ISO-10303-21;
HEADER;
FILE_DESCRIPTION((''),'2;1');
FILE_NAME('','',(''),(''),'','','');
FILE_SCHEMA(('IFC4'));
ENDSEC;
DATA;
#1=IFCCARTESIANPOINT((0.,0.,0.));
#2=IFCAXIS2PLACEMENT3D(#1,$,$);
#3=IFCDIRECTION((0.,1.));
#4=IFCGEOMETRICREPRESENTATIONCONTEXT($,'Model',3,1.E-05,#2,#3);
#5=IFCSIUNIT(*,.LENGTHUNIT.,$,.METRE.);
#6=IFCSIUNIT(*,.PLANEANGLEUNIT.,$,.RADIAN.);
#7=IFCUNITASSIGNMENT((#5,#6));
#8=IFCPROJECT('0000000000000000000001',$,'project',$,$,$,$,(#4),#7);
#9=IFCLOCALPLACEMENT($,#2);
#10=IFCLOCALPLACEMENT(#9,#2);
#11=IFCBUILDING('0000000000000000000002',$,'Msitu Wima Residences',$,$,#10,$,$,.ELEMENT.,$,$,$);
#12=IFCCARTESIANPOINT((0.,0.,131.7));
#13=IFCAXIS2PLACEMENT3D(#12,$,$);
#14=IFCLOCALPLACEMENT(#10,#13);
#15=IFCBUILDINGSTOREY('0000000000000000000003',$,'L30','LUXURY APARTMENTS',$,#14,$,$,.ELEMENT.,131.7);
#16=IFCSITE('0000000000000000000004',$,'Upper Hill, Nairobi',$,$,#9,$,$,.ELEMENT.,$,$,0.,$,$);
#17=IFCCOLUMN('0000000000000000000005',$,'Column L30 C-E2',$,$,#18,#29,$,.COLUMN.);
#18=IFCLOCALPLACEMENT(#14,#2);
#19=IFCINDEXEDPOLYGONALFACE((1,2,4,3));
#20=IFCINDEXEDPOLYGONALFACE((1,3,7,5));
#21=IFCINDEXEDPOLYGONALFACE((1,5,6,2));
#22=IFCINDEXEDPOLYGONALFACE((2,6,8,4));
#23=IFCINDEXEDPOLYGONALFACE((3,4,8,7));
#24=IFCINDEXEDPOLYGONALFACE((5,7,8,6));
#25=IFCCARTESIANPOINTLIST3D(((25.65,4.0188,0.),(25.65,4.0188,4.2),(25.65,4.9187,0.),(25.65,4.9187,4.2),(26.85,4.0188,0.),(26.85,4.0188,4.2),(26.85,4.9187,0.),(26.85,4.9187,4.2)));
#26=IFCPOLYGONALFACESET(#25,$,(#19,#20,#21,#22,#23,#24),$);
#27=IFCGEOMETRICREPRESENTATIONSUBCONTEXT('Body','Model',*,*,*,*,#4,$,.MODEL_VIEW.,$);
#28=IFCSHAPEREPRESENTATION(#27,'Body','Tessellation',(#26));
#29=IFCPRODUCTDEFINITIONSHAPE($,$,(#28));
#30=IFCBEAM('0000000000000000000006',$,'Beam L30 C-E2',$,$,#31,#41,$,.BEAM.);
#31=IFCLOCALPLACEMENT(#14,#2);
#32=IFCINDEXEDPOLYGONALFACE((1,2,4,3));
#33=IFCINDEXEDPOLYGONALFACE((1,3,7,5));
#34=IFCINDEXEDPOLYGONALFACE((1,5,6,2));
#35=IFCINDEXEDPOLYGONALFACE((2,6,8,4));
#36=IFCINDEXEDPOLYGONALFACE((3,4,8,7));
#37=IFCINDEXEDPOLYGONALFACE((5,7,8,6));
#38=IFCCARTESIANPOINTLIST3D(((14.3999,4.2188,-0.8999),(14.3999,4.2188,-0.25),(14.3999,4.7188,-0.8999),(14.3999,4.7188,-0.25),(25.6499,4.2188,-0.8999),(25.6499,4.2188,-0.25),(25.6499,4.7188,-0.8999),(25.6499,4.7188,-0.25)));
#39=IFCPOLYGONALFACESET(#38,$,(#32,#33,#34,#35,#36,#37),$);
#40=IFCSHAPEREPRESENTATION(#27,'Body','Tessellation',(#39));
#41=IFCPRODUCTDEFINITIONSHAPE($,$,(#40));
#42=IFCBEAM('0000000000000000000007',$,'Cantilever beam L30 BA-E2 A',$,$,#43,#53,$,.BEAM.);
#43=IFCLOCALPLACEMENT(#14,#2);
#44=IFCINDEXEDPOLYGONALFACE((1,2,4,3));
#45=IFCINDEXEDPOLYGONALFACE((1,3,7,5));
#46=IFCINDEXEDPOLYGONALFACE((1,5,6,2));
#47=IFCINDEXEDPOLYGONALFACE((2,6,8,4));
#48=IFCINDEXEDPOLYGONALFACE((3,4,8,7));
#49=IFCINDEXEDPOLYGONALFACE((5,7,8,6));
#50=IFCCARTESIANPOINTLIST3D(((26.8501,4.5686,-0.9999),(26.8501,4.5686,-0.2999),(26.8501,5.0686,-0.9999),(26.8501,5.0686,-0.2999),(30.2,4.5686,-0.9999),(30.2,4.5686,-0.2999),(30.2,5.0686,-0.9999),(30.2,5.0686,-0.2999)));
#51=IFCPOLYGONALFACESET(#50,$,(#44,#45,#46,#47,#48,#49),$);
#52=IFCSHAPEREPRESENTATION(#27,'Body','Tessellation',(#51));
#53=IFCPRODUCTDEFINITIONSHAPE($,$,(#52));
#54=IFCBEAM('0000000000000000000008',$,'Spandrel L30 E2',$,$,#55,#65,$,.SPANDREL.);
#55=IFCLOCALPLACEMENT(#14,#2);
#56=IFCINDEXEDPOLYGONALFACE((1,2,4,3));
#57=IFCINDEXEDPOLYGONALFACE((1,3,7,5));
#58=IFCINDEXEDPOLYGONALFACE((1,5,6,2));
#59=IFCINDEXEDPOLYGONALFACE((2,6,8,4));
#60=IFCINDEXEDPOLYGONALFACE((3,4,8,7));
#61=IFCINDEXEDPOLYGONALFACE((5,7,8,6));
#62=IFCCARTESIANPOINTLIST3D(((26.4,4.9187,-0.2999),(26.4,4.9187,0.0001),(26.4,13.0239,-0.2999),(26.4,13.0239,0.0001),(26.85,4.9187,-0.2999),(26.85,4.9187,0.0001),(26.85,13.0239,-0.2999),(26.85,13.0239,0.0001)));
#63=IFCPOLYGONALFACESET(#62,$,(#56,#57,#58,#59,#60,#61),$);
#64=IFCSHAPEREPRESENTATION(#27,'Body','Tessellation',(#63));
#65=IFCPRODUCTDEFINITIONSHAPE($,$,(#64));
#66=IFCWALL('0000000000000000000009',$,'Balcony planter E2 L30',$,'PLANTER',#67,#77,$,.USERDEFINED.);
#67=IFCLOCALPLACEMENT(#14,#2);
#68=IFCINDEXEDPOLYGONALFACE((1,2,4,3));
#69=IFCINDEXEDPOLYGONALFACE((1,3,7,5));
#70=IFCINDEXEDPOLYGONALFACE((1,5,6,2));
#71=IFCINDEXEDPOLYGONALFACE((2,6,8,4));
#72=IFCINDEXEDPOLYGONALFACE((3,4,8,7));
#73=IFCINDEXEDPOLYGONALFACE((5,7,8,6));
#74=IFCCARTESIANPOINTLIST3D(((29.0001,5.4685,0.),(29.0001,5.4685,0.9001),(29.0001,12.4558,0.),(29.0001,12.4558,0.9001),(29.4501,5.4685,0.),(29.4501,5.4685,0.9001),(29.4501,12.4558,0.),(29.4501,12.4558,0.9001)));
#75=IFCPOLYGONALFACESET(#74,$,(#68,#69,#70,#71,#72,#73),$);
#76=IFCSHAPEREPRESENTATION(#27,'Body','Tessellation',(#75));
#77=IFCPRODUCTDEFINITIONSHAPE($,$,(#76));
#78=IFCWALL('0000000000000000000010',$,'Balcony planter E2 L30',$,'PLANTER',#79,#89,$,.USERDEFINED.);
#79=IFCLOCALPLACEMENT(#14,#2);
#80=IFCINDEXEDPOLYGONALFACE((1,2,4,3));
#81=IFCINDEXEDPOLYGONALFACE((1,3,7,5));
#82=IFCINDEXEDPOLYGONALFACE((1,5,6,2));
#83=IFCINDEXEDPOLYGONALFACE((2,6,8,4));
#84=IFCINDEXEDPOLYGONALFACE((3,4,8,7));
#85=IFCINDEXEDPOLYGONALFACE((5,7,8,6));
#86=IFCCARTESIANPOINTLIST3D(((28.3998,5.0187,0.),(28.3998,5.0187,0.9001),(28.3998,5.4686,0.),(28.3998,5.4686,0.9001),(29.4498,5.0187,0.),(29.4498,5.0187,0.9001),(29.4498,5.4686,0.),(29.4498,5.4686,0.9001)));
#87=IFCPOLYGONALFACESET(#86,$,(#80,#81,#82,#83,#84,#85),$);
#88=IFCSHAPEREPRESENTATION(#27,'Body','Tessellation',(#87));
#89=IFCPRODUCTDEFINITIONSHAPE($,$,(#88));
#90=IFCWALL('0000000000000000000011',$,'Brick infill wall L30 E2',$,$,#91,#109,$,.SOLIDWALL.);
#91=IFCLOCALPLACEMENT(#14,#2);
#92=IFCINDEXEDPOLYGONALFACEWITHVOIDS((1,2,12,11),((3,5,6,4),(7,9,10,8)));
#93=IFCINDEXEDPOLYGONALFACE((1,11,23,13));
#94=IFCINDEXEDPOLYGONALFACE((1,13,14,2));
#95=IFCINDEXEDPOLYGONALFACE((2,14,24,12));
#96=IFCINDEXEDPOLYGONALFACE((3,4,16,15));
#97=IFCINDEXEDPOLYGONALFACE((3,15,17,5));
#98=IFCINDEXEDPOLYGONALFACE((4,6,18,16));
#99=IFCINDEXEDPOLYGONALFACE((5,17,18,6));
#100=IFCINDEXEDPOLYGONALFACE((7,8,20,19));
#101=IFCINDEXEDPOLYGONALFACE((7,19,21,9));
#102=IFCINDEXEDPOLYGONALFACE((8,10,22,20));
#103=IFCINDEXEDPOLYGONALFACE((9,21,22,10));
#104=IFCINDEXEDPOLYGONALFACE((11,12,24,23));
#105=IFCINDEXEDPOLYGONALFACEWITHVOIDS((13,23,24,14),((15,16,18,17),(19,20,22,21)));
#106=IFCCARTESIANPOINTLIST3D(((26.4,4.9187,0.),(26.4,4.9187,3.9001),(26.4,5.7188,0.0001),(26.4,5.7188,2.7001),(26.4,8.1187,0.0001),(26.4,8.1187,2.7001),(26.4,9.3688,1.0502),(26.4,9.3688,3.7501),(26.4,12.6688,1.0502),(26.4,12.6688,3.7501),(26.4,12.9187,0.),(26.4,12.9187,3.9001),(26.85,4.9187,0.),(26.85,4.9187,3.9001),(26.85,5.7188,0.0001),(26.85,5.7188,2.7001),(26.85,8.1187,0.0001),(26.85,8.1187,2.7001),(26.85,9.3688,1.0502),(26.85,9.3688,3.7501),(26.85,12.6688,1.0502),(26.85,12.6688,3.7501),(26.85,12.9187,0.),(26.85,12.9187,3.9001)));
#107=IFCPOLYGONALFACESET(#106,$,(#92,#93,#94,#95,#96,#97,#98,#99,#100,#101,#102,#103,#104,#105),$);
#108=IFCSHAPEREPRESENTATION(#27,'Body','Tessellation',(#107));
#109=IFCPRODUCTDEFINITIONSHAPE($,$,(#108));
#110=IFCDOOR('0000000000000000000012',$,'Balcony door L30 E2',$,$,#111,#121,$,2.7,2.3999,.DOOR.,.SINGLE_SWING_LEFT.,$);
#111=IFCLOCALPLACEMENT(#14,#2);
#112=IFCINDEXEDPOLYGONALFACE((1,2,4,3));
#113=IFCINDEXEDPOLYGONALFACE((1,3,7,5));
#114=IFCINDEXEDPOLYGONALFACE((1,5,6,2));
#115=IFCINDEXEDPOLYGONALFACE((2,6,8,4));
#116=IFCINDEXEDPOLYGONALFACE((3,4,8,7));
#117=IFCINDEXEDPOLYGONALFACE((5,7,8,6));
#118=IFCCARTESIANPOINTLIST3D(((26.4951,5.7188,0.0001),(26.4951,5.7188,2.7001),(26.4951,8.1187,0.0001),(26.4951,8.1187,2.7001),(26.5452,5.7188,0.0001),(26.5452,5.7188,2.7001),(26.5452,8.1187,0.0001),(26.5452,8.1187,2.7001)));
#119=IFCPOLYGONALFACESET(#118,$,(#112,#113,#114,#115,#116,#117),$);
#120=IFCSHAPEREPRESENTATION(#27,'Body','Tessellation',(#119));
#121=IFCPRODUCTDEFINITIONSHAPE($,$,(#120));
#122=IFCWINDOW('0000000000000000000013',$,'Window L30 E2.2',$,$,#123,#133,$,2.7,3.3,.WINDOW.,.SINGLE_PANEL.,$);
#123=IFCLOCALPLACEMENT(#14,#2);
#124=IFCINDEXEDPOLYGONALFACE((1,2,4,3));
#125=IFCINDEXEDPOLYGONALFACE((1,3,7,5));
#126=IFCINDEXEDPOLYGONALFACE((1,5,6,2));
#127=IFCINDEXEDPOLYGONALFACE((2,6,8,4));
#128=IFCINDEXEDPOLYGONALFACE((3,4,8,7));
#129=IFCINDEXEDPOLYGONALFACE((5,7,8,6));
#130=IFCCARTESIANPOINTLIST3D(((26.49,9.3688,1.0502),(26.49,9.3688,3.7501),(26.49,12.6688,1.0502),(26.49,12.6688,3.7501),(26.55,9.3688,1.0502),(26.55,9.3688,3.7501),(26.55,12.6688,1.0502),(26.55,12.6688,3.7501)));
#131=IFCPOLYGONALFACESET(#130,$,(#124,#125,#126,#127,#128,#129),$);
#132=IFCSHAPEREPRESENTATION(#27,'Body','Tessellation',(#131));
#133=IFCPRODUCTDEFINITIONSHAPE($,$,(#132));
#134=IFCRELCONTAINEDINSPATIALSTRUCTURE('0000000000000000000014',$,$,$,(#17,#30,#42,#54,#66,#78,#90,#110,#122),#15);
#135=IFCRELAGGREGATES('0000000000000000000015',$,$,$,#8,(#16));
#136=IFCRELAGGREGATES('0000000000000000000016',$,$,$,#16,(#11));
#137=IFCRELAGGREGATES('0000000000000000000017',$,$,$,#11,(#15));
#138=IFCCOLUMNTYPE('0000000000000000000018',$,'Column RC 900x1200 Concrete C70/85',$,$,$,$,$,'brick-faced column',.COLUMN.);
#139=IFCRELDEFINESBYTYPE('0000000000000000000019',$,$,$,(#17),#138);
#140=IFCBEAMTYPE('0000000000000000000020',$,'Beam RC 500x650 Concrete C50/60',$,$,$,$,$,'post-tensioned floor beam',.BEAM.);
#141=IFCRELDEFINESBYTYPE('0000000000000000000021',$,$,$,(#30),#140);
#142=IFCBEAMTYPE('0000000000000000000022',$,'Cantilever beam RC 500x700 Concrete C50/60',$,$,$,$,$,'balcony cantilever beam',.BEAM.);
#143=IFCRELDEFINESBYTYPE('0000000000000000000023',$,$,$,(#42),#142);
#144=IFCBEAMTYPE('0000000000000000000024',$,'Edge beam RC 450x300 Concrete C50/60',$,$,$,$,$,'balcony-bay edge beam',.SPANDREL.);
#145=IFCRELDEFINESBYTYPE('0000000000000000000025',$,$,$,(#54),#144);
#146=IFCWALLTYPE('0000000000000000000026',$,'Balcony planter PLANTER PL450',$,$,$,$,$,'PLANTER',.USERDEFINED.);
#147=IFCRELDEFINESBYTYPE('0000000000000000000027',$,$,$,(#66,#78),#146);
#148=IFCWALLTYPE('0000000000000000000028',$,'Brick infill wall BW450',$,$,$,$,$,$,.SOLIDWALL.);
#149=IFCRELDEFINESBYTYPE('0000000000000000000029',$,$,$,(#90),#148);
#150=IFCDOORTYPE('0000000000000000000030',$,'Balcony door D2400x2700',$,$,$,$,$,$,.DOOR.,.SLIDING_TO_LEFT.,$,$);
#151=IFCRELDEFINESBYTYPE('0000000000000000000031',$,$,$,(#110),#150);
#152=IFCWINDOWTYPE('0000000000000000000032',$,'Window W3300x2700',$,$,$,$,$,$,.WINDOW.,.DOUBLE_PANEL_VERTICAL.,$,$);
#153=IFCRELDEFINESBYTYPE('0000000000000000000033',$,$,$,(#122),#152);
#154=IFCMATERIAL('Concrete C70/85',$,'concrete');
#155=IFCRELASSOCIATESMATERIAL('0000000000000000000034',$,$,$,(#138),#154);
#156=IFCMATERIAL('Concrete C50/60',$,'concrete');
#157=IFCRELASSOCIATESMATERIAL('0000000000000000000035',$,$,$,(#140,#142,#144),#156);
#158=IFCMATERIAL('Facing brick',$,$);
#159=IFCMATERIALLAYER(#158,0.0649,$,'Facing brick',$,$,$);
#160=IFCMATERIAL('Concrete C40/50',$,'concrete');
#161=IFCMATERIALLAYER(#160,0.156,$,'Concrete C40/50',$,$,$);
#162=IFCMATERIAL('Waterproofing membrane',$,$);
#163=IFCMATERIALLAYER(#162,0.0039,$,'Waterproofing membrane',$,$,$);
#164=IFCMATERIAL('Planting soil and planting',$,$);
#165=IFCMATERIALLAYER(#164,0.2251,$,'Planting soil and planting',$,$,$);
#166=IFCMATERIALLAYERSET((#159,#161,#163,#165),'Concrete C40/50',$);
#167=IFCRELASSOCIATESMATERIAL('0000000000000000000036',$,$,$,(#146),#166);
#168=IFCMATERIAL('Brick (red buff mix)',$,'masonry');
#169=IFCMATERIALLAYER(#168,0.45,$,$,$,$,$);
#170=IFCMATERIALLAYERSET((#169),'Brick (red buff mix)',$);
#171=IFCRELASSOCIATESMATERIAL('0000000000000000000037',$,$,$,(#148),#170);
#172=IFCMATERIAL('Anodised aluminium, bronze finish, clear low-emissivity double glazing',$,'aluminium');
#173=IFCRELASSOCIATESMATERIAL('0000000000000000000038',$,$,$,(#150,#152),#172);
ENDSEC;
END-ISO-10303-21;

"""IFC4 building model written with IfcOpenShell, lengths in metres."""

from ifc_helpers import new_model, si_unit, direction, frame, frame_2d, origin, origin_2d, place, context, subcontext, project, spatial, rectangle, extrude, material, layer, layer_set, material_profile, profile_set, type_object, element, fill, save


model = new_model("IFC4")

# Units and contexts
model_context = context("Model", 3, precision=1e-05, world=origin(), true_north=direction((0.0, 1.0)))
body_context = subcontext(model_context, "Body", "Model", "MODEL_VIEW")
ifc_project = project(units=[si_unit("LENGTHUNIT", "METRE"), si_unit("PLANEANGLEUNIT", "RADIAN")], contexts=[model_context])

# Site, building, storey
site_placement = place(None, origin())
site = spatial("IfcSite", under=ifc_project, at=site_placement, Name="Upper Hill, Nairobi", CompositionType="ELEMENT", RefElevation=0.0)
building_placement = place(site_placement, origin())
building = spatial("IfcBuilding", under=site, at=building_placement, Name="Msitu Wima Residences", CompositionType="ELEMENT")
storey_placement = place(building_placement, frame((0.0, 0.0, 131.7)))
storey = spatial("IfcBuildingStorey", under=building, at=storey_placement, Name="L30", Description="LUXURY APARTMENTS", CompositionType="ELEMENT", Elevation=131.7)

# Column
ifc_material_1 = material(Name="Concrete C70/85", Category="concrete")
ifc_material_profile_1 = material_profile(ifc_material_1, rectangle(XDim=0.8999, YDim=1.2, at=origin_2d()), Name="RC 900x1200")
ifc_profile_set_1 = profile_set([ifc_material_profile_1], Name="Concrete C70/85")
column_type = type_object("IfcColumnType", Name="Column RC 900x1200 Concrete C70/85", ElementType="brick-faced column", PredefinedType="COLUMN", material=ifc_profile_set_1)
column_placement = place(storey_placement, frame((26.25, 4.4688, 0.0), z_axis=(0.0, 0.0, 1.0), x_axis=(0.0, 1.0, 0.0)))
element("IfcColumn", 1, at=column_placement, inside=storey, type_object=column_type, Name="Column L30 C-E2", PredefinedType="COLUMN", context=body_context, shape_type="SweptSolid", body=[
    extrude(rectangle(XDim=0.8999, YDim=1.2, at=origin_2d()), origin(), (0.0, 0.0, 1.0), 4.2),
])

# Beams
ifc_material_2 = material(Name="Concrete C50/60", Category="concrete")
ifc_material_profile_2 = material_profile(ifc_material_2, rectangle(XDim=0.5, YDim=0.6499, at=origin_2d()), Name="RC 500x650")
ifc_profile_set_2 = profile_set([ifc_material_profile_2], Name="Concrete C50/60")
beam_type_1 = type_object("IfcBeamType", Name="Beam RC 500x650 Concrete C50/60", ElementType="post-tensioned floor beam", PredefinedType="BEAM", material=ifc_profile_set_2)
beam_1_placement = place(storey_placement, frame((25.6499, 4.4688, -0.575), z_axis=(-1.0, 0.0, 0.0), x_axis=(0.0, -1.0, 0.0)))
element("IfcBeam", 2, at=beam_1_placement, inside=storey, type_object=beam_type_1, Name="Beam L30 C-E2", PredefinedType="BEAM", context=body_context, shape_type="SweptSolid", body=[
    extrude(rectangle(XDim=0.5, YDim=0.6499, at=origin_2d()), origin(), (0.0, 0.0, 1.0), 11.25),
])
ifc_material_profile_3 = material_profile(ifc_material_2, rectangle(XDim=0.5, YDim=0.7, at=origin_2d()), Name="RC 500x700")
ifc_profile_set_3 = profile_set([ifc_material_profile_3], Name="Concrete C50/60")
beam_type_2 = type_object("IfcBeamType", Name="Cantilever beam RC 500x700 Concrete C50/60", ElementType="balcony cantilever beam", PredefinedType="BEAM", material=ifc_profile_set_3)
beam_2_placement = place(storey_placement, frame((26.8501, 4.8186, -0.6499), z_axis=(1.0, 0.0, 0.0), x_axis=(0.0, 1.0, 0.0)))
element("IfcBeam", 3, at=beam_2_placement, inside=storey, type_object=beam_type_2, Name="Cantilever beam L30 BA-E2 A", PredefinedType="BEAM", context=body_context, shape_type="SweptSolid", body=[
    extrude(rectangle(XDim=0.5, YDim=0.7, at=origin_2d()), origin(), (0.0, 0.0, 1.0), 3.3499),
])
ifc_material_profile_4 = material_profile(ifc_material_2, rectangle(XDim=0.45, YDim=0.3, at=origin_2d()), Name="RC 450x300")
ifc_profile_set_4 = profile_set([ifc_material_profile_4], Name="Concrete C50/60")
beam_type_3 = type_object("IfcBeamType", Name="Edge beam RC 450x300 Concrete C50/60", ElementType="balcony-bay edge beam", PredefinedType="SPANDREL", material=ifc_profile_set_4)
beam_3_placement = place(storey_placement, frame((26.625, 4.9187, -0.1499), z_axis=(0.0, 1.0, 0.0), x_axis=(-1.0, 0.0, 0.0)))
element("IfcBeam", 4, at=beam_3_placement, inside=storey, type_object=beam_type_3, Name="Spandrel L30 E2", PredefinedType="SPANDREL", context=body_context, shape_type="SweptSolid", body=[
    extrude(rectangle(XDim=0.45, YDim=0.3, at=origin_2d()), origin(), (0.0, 0.0, 1.0), 8.1052),
])

# Walls
ifc_material_3 = material(Name="Facing brick")
ifc_layer_1 = layer(ifc_material_3, 0.0649, Name="Facing brick")
ifc_material_4 = material(Name="Concrete C40/50", Category="concrete")
ifc_layer_2 = layer(ifc_material_4, 0.156, Name="Concrete C40/50")
ifc_material_5 = material(Name="Waterproofing membrane")
ifc_layer_3 = layer(ifc_material_5, 0.0039, Name="Waterproofing membrane")
ifc_material_6 = material(Name="Planting soil and planting")
ifc_layer_4 = layer(ifc_material_6, 0.2251, Name="Planting soil and planting")
ifc_layer_set_1 = layer_set([ifc_layer_1, ifc_layer_2, ifc_layer_3, ifc_layer_4], Name="Concrete C40/50")
wall_type_1 = type_object("IfcWallType", Name="Balcony planter PLANTER PL450", ElementType="PLANTER", PredefinedType="USERDEFINED", material=ifc_layer_set_1)
wall_1_placement = place(storey_placement, frame((29.2251, 5.4685, 0.0), z_axis=(0.0, 0.0, 1.0), x_axis=(0.0, 1.0, 0.0)))
element("IfcWall", 5, at=wall_1_placement, inside=storey, type_object=wall_type_1, Name="Balcony planter E2 L30", ObjectType="PLANTER", PredefinedType="USERDEFINED", context=body_context, shape_type="SweptSolid", body=[
    extrude(rectangle(XDim=6.9873, YDim=0.45, at=frame_2d((3.4937, 0.0))), origin(), (0.0, 0.0, 1.0), 0.9001),
])
wall_2_placement = place(storey_placement, frame((28.3999, 5.2437, 0.0), z_axis=(0.0, 0.0, 1.0), x_axis=(1.0, 0.0, 0.0)))
element("IfcWall", 6, at=wall_2_placement, inside=storey, type_object=wall_type_1, Name="Balcony planter E2 L30", ObjectType="PLANTER", PredefinedType="USERDEFINED", context=body_context, shape_type="SweptSolid", body=[
    extrude(rectangle(XDim=1.05, YDim=0.45, at=frame_2d((0.5249, 0.0))), origin(), (0.0, 0.0, 1.0), 0.9001),
])

# Wall, openings, door, window
ifc_material_7 = material(Name="Brick (red buff mix)", Category="masonry")
ifc_layer_5 = layer(ifc_material_7, 0.45)
ifc_layer_set_2 = layer_set([ifc_layer_5], Name="Brick (red buff mix)")
wall_type_2 = type_object("IfcWallType", Name="Brick infill wall BW450", PredefinedType="SOLIDWALL", material=ifc_layer_set_2)
wall_3_placement = place(storey_placement, frame((26.625, 4.9187, 0.0), z_axis=(0.0, 0.0, 1.0), x_axis=(0.0, 1.0, 0.0)))
wall_3 = element("IfcWall", 7, at=wall_3_placement, inside=storey, type_object=wall_type_2, Name="Brick infill wall L30 E2", PredefinedType="SOLIDWALL", context=body_context, shape_type="SweptSolid", body=[
    extrude(rectangle(XDim=8.0, YDim=0.45, at=frame_2d((4.0, 0.0))), origin(), (0.0, 0.0, 1.0), 3.9001),
])
opening_1_placement = place(wall_3_placement, frame((0.8, 0.0, 0.0)))
opening_1 = element("IfcOpeningElement", 8, at=opening_1_placement, cuts=wall_3, PredefinedType="OPENING", context=body_context, shape_type="SweptSolid", body=[
    extrude(rectangle(XDim=2.3999, YDim=2.7, at=frame_2d((1.2, 1.3501))), frame((0.0, 0.2349, 0.0), z_axis=(0.0, -1.0, 0.0), x_axis=(1.0, 0.0, 0.0)), (0.0, 0.0, 1.0), 0.47),
])
opening_2_placement = place(wall_3_placement, frame((4.4502, 0.0, 1.05)))
opening_2 = element("IfcOpeningElement", 9, at=opening_2_placement, cuts=wall_3, PredefinedType="OPENING", context=body_context, shape_type="SweptSolid", body=[
    extrude(rectangle(XDim=3.3, YDim=2.7, at=frame_2d((1.6499, 1.3501))), frame((0.0, 0.2349, 0.0), z_axis=(0.0, -1.0, 0.0), x_axis=(1.0, 0.0, 0.0)), (0.0, 0.0, 1.0), 0.47),
])
ifc_material_8 = material(Name="Anodised aluminium, bronze finish, clear low-emissivity double glazing", Category="aluminium")
door_type_1 = type_object("IfcDoorType", Name="Balcony door D2400x2700", OperationType="SLIDING_TO_LEFT", PredefinedType="DOOR", material=ifc_material_8)
door_1_placement = place(opening_1_placement, origin())
door_1 = element("IfcDoor", 10, at=door_1_placement, inside=storey, type_object=door_type_1, Name="Balcony door L30 E2", OperationType="SINGLE_SWING_LEFT", OverallHeight=2.7, OverallWidth=2.3999, PredefinedType="DOOR", context=body_context, shape_type="SweptSolid", body=[
    extrude(rectangle(XDim=2.3999, YDim=2.7, at=frame_2d((1.2, 1.3501))), frame((0.0, 0.1299, 0.0), z_axis=(0.0, -1.0, 0.0), x_axis=(1.0, 0.0, 0.0)), (0.0, 0.0, 1.0), 0.05),
])
fill(opening_1, door_1)
window_type = type_object("IfcWindowType", Name="Window W3300x2700", PartitioningType="DOUBLE_PANEL_VERTICAL", PredefinedType="WINDOW", material=ifc_material_8)
window_placement = place(opening_2_placement, origin())
window = element("IfcWindow", 11, at=window_placement, inside=storey, type_object=window_type, Name="Window L30 E2.2", OverallHeight=2.7, OverallWidth=3.3, PartitioningType="SINGLE_PANEL", PredefinedType="WINDOW", context=body_context, shape_type="SweptSolid", body=[
    extrude(rectangle(XDim=3.3, YDim=2.7, at=frame_2d((1.6499, 1.3501))), frame((0.0, 0.135, 0.0), z_axis=(0.0, -1.0, 0.0), x_axis=(1.0, 0.0, 0.0)), (0.0, 0.0, 1.0), 0.0601),
])
fill(opening_2, window)

save(model, "model.ifc")
